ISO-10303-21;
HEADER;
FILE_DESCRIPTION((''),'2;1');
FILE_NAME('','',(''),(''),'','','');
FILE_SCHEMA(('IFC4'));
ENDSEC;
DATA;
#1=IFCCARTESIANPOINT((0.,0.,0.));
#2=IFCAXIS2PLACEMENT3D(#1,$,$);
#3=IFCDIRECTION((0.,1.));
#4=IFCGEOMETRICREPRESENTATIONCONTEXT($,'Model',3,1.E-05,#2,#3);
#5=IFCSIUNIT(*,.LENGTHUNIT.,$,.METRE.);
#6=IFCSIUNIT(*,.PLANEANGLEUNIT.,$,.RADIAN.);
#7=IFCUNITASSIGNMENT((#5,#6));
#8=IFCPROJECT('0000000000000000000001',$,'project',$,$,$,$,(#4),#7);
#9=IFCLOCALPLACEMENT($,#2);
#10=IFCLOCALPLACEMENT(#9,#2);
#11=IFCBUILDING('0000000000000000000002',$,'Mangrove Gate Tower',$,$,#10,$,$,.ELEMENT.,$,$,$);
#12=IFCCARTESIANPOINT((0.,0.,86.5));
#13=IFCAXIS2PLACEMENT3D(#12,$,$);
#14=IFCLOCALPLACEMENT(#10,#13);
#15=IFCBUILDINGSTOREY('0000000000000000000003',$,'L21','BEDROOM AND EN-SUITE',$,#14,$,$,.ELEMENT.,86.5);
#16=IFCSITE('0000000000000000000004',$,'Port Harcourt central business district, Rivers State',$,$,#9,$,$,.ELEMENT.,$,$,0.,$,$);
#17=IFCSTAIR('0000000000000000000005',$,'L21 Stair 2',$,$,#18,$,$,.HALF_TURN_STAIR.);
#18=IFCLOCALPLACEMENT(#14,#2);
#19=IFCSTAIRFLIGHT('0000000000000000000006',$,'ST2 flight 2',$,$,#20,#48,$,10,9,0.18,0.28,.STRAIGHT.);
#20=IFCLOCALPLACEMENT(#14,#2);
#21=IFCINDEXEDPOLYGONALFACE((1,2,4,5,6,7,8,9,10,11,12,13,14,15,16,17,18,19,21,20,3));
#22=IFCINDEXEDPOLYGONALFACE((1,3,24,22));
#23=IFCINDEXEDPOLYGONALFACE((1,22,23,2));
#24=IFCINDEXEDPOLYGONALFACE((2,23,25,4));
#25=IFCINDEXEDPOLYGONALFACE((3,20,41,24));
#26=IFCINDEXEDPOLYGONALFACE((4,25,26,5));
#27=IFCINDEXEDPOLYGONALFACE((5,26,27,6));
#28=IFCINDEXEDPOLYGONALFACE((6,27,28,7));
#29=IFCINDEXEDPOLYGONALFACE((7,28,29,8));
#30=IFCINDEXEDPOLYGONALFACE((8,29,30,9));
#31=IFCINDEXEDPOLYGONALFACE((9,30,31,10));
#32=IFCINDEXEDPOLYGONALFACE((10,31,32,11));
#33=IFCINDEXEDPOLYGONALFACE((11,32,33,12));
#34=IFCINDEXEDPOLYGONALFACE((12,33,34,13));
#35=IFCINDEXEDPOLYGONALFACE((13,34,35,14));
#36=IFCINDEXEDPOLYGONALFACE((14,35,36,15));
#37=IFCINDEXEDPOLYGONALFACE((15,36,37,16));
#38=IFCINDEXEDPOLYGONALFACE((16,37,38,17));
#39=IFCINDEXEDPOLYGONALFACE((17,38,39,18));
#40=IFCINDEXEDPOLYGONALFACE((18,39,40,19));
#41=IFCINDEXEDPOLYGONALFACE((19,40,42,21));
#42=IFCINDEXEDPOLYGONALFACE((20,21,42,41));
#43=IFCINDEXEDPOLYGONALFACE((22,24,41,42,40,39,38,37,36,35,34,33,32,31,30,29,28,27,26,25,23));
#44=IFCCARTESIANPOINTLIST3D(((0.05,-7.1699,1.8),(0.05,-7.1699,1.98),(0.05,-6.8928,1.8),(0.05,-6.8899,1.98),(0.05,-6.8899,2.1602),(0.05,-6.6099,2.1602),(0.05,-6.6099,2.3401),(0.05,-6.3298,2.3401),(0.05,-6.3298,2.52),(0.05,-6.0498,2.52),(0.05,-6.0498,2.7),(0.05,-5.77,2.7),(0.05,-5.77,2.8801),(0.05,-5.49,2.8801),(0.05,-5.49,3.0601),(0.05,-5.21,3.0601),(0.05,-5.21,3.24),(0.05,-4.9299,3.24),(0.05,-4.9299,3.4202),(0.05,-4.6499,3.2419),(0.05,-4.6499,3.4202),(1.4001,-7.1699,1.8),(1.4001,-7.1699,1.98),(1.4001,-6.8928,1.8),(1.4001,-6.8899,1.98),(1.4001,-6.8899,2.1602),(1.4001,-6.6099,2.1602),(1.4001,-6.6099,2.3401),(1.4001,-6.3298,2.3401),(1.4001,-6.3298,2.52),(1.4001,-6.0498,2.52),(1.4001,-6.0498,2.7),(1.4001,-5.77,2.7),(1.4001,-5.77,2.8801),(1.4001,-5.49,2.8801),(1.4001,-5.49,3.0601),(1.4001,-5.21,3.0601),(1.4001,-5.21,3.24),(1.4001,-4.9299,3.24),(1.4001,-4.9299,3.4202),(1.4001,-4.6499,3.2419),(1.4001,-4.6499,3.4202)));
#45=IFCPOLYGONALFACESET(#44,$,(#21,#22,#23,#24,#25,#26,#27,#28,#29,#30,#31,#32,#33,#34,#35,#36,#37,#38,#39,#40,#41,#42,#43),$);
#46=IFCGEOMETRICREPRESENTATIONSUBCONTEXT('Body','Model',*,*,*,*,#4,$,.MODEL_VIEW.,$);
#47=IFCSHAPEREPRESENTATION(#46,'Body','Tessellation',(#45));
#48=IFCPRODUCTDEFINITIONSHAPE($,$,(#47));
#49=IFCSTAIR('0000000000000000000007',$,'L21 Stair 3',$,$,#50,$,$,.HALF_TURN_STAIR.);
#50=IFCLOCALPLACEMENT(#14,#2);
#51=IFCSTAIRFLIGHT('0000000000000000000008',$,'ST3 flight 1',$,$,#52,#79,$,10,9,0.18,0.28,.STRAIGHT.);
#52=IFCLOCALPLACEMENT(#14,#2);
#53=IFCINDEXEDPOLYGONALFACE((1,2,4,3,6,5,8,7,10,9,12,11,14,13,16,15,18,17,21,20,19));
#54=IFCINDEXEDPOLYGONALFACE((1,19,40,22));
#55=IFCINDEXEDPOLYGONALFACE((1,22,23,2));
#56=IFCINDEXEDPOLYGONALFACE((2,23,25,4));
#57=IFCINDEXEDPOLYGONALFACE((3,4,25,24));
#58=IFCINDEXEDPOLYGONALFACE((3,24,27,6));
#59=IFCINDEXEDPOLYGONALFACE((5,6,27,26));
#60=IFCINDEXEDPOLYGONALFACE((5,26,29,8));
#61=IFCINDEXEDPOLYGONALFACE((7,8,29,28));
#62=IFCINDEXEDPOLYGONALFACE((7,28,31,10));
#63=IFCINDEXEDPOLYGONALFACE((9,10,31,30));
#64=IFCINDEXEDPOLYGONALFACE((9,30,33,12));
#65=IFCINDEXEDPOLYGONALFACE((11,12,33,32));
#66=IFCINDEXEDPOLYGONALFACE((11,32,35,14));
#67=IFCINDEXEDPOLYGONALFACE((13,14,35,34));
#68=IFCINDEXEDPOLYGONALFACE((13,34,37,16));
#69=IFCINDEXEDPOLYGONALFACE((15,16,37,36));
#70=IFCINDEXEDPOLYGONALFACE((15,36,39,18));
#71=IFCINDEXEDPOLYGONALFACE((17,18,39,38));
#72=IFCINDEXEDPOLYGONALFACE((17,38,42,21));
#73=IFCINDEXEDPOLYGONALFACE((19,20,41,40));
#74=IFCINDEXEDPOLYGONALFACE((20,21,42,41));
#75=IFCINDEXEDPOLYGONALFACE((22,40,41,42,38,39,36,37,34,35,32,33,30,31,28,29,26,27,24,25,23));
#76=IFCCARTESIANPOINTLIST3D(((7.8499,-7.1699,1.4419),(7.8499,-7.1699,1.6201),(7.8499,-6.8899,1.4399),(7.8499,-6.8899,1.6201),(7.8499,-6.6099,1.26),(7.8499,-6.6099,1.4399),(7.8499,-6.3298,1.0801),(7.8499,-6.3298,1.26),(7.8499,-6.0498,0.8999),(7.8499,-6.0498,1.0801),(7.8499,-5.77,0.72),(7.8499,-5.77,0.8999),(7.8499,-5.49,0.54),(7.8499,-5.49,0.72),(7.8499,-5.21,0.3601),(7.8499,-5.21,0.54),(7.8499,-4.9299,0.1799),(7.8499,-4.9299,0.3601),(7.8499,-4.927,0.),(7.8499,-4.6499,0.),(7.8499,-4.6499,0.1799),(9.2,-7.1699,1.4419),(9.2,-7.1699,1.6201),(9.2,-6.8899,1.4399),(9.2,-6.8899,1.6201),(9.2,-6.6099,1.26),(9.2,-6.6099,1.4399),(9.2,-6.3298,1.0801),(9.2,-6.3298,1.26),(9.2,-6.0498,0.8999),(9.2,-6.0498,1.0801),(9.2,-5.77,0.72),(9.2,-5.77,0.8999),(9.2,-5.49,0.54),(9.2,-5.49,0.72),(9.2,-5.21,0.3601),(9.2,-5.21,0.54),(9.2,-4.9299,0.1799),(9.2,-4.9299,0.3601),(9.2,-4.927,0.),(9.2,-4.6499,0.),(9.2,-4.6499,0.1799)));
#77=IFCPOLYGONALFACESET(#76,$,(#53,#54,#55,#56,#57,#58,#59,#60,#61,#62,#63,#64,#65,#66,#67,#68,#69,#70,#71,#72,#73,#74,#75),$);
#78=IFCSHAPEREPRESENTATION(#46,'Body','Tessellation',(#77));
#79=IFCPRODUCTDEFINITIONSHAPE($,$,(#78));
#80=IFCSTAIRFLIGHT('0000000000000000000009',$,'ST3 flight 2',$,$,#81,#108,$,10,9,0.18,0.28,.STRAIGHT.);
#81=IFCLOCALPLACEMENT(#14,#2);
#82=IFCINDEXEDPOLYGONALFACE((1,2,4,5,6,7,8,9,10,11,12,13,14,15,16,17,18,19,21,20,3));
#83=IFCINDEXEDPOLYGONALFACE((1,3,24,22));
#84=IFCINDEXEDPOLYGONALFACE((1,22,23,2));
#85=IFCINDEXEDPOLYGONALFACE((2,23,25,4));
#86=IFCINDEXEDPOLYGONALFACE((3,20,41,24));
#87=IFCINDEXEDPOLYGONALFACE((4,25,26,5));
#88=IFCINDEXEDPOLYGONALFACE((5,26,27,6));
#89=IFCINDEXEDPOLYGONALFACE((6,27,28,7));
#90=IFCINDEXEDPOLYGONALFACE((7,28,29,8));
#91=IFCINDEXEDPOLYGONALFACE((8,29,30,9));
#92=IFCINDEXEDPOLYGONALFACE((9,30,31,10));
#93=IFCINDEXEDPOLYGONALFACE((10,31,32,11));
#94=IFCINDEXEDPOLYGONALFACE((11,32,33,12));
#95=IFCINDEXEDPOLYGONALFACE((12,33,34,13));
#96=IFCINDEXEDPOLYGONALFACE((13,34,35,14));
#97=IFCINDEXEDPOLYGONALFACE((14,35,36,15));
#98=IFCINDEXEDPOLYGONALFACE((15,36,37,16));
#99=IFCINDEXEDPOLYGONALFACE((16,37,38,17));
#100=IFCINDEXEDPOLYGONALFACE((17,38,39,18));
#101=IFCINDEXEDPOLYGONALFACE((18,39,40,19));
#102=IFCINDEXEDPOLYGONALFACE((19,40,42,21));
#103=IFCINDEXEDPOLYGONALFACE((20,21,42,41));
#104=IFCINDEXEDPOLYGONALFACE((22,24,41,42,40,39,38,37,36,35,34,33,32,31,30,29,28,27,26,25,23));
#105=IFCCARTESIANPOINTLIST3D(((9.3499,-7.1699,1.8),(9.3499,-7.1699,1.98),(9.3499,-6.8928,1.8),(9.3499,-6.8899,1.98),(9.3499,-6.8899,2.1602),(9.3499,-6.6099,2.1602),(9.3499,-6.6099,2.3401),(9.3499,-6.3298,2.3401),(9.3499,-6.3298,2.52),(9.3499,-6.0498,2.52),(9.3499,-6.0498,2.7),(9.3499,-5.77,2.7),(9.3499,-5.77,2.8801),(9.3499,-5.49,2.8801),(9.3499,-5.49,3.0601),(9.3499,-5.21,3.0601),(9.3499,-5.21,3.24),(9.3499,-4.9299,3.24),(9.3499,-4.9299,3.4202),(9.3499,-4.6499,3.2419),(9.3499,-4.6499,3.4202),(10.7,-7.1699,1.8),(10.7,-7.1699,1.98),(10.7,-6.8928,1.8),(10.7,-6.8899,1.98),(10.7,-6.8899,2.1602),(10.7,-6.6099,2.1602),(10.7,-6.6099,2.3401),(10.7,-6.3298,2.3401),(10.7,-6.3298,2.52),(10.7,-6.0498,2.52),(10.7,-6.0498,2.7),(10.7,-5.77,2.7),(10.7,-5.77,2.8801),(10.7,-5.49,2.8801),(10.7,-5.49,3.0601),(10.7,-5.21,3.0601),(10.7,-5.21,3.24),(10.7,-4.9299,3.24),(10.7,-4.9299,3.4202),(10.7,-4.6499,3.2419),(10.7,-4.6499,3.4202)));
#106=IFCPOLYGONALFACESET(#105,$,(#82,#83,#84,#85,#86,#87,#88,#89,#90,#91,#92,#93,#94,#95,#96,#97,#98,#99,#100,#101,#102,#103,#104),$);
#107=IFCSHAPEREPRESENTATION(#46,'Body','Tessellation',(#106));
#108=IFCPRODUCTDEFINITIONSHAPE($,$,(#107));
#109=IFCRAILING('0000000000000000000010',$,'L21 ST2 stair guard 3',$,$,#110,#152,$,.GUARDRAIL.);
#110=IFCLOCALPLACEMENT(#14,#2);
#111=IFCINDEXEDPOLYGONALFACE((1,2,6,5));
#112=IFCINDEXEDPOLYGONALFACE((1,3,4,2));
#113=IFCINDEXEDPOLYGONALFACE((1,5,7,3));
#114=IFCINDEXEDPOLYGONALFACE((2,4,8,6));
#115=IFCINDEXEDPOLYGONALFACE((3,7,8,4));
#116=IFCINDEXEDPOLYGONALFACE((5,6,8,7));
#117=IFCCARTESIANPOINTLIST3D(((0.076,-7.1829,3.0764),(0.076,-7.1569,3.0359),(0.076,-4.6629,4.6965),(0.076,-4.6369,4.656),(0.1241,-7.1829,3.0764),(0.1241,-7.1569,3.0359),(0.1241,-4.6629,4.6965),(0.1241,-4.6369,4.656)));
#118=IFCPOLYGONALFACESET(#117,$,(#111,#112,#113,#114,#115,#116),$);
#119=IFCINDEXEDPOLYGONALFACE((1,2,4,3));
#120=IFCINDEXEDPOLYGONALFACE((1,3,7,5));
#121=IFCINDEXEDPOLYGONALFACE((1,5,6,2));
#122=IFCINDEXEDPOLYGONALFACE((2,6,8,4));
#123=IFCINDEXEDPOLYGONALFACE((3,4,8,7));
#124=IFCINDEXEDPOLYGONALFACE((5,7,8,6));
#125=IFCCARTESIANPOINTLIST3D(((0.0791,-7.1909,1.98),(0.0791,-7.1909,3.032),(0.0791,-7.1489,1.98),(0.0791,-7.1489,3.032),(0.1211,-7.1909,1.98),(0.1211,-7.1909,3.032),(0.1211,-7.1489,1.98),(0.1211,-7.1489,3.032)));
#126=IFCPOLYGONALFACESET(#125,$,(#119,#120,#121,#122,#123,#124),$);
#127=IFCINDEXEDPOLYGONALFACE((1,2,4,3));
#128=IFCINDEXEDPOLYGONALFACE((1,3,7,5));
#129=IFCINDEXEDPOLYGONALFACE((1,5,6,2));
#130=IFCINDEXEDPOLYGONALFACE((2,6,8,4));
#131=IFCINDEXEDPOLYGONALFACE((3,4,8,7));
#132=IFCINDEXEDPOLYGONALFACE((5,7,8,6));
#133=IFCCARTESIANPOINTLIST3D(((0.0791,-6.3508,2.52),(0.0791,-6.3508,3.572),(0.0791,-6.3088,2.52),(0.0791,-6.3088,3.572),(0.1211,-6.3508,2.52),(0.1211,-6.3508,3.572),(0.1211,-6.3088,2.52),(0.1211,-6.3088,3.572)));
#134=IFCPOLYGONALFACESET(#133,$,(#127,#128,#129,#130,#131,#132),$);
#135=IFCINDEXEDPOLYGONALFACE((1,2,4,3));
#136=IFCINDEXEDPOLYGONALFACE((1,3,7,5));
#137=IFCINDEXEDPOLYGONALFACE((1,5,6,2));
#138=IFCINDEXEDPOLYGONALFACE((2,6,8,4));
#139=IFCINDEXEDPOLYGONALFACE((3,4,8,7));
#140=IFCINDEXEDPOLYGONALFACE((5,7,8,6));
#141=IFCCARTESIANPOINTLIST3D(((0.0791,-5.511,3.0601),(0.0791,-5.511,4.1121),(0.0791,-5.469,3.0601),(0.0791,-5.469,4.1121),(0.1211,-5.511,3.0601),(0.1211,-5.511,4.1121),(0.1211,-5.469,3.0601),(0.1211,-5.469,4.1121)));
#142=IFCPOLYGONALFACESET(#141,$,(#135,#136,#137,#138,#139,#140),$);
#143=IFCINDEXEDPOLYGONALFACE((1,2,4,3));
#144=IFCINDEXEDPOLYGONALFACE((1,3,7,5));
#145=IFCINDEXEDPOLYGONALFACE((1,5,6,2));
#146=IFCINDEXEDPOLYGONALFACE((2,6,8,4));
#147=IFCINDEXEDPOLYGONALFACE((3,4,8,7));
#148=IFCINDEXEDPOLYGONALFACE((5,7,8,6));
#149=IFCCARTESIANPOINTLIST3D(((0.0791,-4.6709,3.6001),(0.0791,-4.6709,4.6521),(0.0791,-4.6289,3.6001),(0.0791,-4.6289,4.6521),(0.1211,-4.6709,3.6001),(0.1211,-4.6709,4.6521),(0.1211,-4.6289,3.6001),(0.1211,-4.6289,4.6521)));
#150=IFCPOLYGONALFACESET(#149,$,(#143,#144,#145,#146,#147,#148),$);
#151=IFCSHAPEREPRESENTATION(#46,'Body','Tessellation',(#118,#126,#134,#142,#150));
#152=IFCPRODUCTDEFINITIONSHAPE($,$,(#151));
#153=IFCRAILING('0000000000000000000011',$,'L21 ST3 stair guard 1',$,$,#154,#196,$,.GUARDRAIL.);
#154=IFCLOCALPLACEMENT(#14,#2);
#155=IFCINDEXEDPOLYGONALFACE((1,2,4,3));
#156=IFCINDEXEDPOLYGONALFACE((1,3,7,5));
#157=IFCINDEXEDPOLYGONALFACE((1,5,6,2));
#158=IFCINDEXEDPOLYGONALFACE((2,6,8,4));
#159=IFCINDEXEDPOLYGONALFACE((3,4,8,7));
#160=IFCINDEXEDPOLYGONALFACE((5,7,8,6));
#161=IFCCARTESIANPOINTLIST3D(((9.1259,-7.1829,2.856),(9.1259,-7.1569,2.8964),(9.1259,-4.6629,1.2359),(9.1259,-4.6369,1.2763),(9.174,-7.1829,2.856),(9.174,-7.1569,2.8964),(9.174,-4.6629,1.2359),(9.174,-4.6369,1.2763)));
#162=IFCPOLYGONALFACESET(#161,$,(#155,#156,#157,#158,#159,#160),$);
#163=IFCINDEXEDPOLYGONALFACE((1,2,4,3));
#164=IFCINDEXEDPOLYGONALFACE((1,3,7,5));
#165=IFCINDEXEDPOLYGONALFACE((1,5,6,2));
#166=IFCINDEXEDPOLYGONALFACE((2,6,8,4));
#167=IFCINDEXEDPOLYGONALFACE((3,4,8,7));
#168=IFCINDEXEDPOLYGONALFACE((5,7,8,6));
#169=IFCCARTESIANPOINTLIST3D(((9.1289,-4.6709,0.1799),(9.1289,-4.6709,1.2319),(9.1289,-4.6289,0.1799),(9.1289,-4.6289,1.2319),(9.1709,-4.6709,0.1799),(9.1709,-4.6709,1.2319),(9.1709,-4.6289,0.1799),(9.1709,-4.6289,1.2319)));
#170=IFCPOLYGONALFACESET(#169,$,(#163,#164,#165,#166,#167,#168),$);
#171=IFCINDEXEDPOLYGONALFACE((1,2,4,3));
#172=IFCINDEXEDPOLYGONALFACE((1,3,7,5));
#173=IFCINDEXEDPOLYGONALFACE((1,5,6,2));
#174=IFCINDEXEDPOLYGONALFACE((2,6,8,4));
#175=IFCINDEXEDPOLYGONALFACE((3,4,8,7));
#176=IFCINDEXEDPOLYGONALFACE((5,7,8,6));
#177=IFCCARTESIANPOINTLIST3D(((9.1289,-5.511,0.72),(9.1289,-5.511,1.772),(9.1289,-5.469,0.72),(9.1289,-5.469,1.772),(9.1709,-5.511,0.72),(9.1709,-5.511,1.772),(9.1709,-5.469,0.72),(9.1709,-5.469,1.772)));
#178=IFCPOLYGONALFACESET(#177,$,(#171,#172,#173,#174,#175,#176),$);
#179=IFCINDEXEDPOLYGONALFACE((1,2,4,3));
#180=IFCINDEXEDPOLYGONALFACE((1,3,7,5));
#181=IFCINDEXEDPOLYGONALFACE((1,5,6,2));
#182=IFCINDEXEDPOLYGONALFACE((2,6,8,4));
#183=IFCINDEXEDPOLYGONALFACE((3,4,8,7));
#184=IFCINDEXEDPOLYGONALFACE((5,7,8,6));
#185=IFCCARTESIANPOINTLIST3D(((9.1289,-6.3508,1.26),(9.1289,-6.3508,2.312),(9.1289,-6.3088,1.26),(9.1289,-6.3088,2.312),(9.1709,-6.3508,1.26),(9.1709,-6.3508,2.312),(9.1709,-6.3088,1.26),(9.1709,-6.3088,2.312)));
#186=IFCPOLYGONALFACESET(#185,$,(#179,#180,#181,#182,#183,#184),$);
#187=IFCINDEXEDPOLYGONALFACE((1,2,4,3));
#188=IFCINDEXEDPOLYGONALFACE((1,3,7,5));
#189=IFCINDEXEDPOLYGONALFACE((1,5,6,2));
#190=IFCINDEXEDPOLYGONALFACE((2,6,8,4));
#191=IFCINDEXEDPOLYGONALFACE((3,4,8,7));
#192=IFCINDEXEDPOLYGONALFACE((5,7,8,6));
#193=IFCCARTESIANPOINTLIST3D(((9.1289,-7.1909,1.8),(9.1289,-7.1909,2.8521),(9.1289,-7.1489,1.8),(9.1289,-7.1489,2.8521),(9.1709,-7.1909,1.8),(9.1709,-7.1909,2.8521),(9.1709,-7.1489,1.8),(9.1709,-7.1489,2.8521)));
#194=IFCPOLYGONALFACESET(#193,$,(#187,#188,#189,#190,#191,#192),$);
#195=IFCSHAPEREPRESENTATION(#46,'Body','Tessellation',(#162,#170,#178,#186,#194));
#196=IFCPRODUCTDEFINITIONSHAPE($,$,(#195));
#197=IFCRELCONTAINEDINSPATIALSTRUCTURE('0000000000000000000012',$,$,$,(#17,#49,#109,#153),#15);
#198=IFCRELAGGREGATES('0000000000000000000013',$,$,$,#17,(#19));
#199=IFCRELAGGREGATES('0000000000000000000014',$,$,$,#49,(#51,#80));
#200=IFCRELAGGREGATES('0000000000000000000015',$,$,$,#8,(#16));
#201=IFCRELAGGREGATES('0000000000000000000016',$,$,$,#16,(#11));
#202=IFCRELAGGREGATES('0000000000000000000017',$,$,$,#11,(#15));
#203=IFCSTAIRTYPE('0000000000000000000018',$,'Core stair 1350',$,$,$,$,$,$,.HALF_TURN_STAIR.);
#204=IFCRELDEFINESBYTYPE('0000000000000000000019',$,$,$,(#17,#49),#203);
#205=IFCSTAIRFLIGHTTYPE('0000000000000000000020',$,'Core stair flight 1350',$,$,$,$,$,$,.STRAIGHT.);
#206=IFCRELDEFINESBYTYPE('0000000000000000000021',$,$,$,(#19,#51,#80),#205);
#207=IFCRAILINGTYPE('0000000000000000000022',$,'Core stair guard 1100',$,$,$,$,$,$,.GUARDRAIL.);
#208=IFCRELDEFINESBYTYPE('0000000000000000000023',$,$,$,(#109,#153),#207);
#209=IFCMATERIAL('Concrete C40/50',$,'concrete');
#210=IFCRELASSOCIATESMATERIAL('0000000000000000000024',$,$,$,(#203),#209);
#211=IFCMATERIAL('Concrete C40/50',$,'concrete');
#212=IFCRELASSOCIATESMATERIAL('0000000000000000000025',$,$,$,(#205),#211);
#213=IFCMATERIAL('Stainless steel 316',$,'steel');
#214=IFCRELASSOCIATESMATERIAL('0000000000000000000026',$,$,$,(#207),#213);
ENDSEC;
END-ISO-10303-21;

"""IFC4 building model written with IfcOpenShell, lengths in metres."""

from ifc_helpers import new_model, si_unit, direction, frame, origin, origin_2d, place, context, subcontext, project, spatial, polyline, rectangle, outline, extrude, material, type_object, element, aggregate, save


model = new_model("IFC4")

# Units and contexts
model_context = context("Model", 3, precision=1e-05, world=origin(), true_north=direction((0.0, 1.0)))
body_context = subcontext(model_context, "Body", "Model", "MODEL_VIEW")
ifc_project = project(units=[si_unit("LENGTHUNIT", "METRE"), si_unit("PLANEANGLEUNIT", "RADIAN")], contexts=[model_context])

# Site, building, storey
site_placement = place(None, origin())
site = spatial("IfcSite", under=ifc_project, at=site_placement, Name="Port Harcourt central business district, Rivers State", CompositionType="ELEMENT", RefElevation=0.0)
building_placement = place(site_placement, origin())
building = spatial("IfcBuilding", under=site, at=building_placement, Name="Mangrove Gate Tower", CompositionType="ELEMENT")
storey_placement = place(building_placement, frame((0.0, 0.0, 86.5)))
storey = spatial("IfcBuildingStorey", under=building, at=storey_placement, Name="L21", Description="BEDROOM AND EN-SUITE", CompositionType="ELEMENT", Elevation=86.5)

# Stair, stair flight
ifc_material_1 = material(Name="Concrete C40/50", Category="concrete")
stair_type = type_object("IfcStairType", Name="Core stair 1350", PredefinedType="HALF_TURN_STAIR", material=ifc_material_1)
stair_1_placement = place(storey_placement, origin())
stair_1 = element("IfcStair", 1, at=stair_1_placement, inside=storey, type_object=stair_type, Name="L21 Stair 2", PredefinedType="HALF_TURN_STAIR")
ifc_material_2 = material(Name="Concrete C40/50", Category="concrete")
stair_flight_type = type_object("IfcStairFlightType", Name="Core stair flight 1350", PredefinedType="STRAIGHT", material=ifc_material_2)
stair_flight_1_placement = place(storey_placement, frame((0.7251, -7.1699, 1.8), z_axis=(0.0, 0.0, 1.0), x_axis=(0.0, 1.0, 0.0)))
stair_flight_1 = element("IfcStairFlight", 2, at=stair_flight_1_placement, type_object=stair_flight_type, Name="ST2 flight 2", NumberOfRisers=10, NumberOfTreads=9, PredefinedType="STRAIGHT", RiserHeight=0.18, TreadLength=0.28, context=body_context, shape_type="SweptSolid", body=[
    extrude(outline(polyline([(0.0, 0.0), (0.0, 0.1799), (0.28, 0.1799), (0.28, 0.3601), (0.5601, 0.3601), (0.5601, 0.54), (0.8401, 0.54), (0.8401, 0.72), (1.1201, 0.72), (1.1201, 0.8999), (1.3999, 0.8999), (1.3999, 1.0801), (1.6799, 1.0801), (1.6799, 1.26), (1.96, 1.26), (1.96, 1.4399), (2.24, 1.4399), (2.24, 1.6201), (2.52, 1.6201), (2.52, 1.8), (2.52, 1.4419), (0.2771, 0.0), (0.0, 0.0)])), frame((0.0, 0.675, 0.0), z_axis=(0.0, -1.0, 0.0), x_axis=(1.0, 0.0, 0.0)), (0.0, 0.0, 1.0), 1.3501),
])
aggregate(stair_1, [stair_flight_1])

# Stair, stair flights
stair_2_placement = place(storey_placement, origin())
stair_2 = element("IfcStair", 3, at=stair_2_placement, inside=storey, type_object=stair_type, Name="L21 Stair 3", PredefinedType="HALF_TURN_STAIR")
stair_flight_2_placement = place(storey_placement, frame((8.5249, -4.6499, 0.0), z_axis=(0.0, 0.0, 1.0), x_axis=(0.0, -1.0, 0.0)))
stair_flight_2 = element("IfcStairFlight", 4, at=stair_flight_2_placement, type_object=stair_flight_type, Name="ST3 flight 1", NumberOfRisers=10, NumberOfTreads=9, PredefinedType="STRAIGHT", RiserHeight=0.18, TreadLength=0.28, context=body_context, shape_type="SweptSolid", body=[
    extrude(outline(polyline([(0.0, 0.0), (0.0, 0.1799), (0.28, 0.1799), (0.28, 0.3601), (0.5601, 0.3601), (0.5601, 0.54), (0.8401, 0.54), (0.8401, 0.72), (1.1201, 0.72), (1.1201, 0.8999), (1.3999, 0.8999), (1.3999, 1.0801), (1.6799, 1.0801), (1.6799, 1.26), (1.96, 1.26), (1.96, 1.4399), (2.24, 1.4399), (2.24, 1.6201), (2.52, 1.6201), (2.52, 1.8), (2.52, 1.4419), (0.2771, 0.0), (0.0, 0.0)])), frame((0.0, 0.675, 0.0), z_axis=(0.0, -1.0, 0.0), x_axis=(1.0, 0.0, 0.0)), (0.0, 0.0, 1.0), 1.3501),
])
stair_flight_3_placement = place(storey_placement, frame((10.0249, -7.1699, 1.8), z_axis=(0.0, 0.0, 1.0), x_axis=(0.0, 1.0, 0.0)))
stair_flight_3 = element("IfcStairFlight", 5, at=stair_flight_3_placement, type_object=stair_flight_type, Name="ST3 flight 2", NumberOfRisers=10, NumberOfTreads=9, PredefinedType="STRAIGHT", RiserHeight=0.18, TreadLength=0.28, context=body_context, shape_type="SweptSolid", body=[
    extrude(outline(polyline([(0.0, 0.0), (0.0, 0.1799), (0.28, 0.1799), (0.28, 0.3601), (0.5601, 0.3601), (0.5601, 0.54), (0.8401, 0.54), (0.8401, 0.72), (1.1201, 0.72), (1.1201, 0.8999), (1.3999, 0.8999), (1.3999, 1.0801), (1.6799, 1.0801), (1.6799, 1.26), (1.96, 1.26), (1.96, 1.4399), (2.24, 1.4399), (2.24, 1.6201), (2.52, 1.6201), (2.52, 1.8), (2.52, 1.4419), (0.2771, 0.0), (0.0, 0.0)])), frame((0.0, 0.675, 0.0), z_axis=(0.0, -1.0, 0.0), x_axis=(1.0, 0.0, 0.0)), (0.0, 0.0, 1.0), 1.3501),
])
aggregate(stair_2, [stair_flight_2, stair_flight_3])

# Railings
ifc_material_3 = material(Name="Stainless steel 316", Category="steel")
railing_type_1 = type_object("IfcRailingType", Name="Core stair guard 1100", PredefinedType="GUARDRAIL", material=ifc_material_3)
railing_1_placement = place(storey_placement, frame((0.1001, -7.1699, 1.98)))
element("IfcRailing", 6, at=railing_1_placement, inside=storey, type_object=railing_type_1, Name="L21 ST2 stair guard 3", PredefinedType="GUARDRAIL", context=body_context, shape_type="SweptSolid", body=[
    extrude(rectangle(XDim=0.0481, YDim=0.0481, at=origin_2d()), frame((0.0, 0.0, 1.0762), z_axis=(0.0, 0.841163, 0.540782), x_axis=(-1.0, 0.0, 0.0)), (0.0, 0.0, 1.0), 2.9958),
    extrude(rectangle(XDim=0.042, YDim=0.042, at=origin_2d()), origin(), (0.0, 0.0, 1.0), 1.052),
    extrude(rectangle(XDim=0.042, YDim=0.042, at=origin_2d()), frame((0.0, 0.8401, 0.54)), (0.0, 0.0, 1.0), 1.052),
    extrude(rectangle(XDim=0.042, YDim=0.042, at=origin_2d()), frame((0.0, 1.6799, 1.0801)), (0.0, 0.0, 1.0), 1.052),
    extrude(rectangle(XDim=0.042, YDim=0.042, at=origin_2d()), frame((0.0, 2.52, 1.6201)), (0.0, 0.0, 1.0), 1.052),
])
railing_2_placement = place(storey_placement, frame((9.1499, -4.6499, 0.1799)))
element("IfcRailing", 7, at=railing_2_placement, inside=storey, type_object=railing_type_1, Name="L21 ST3 stair guard 1", PredefinedType="GUARDRAIL", context=body_context, shape_type="SweptSolid", body=[
    extrude(rectangle(XDim=0.0481, YDim=0.0481, at=origin_2d()), frame((0.0, 0.0, 1.0762), z_axis=(0.0, -0.841163, 0.540782), x_axis=(1.0, 0.0, 0.0)), (0.0, 0.0, 1.0), 2.9958),
    extrude(rectangle(XDim=0.042, YDim=0.042, at=origin_2d()), origin(), (0.0, 0.0, 1.0), 1.052),
    extrude(rectangle(XDim=0.042, YDim=0.042, at=origin_2d()), frame((0.0, -0.8401, 0.54)), (0.0, 0.0, 1.0), 1.052),
    extrude(rectangle(XDim=0.042, YDim=0.042, at=origin_2d()), frame((0.0, -1.6799, 1.0801)), (0.0, 0.0, 1.0), 1.052),
    extrude(rectangle(XDim=0.042, YDim=0.042, at=origin_2d()), frame((0.0, -2.52, 1.6201)), (0.0, 0.0, 1.0), 1.052),
])

save(model, "model.ifc")
